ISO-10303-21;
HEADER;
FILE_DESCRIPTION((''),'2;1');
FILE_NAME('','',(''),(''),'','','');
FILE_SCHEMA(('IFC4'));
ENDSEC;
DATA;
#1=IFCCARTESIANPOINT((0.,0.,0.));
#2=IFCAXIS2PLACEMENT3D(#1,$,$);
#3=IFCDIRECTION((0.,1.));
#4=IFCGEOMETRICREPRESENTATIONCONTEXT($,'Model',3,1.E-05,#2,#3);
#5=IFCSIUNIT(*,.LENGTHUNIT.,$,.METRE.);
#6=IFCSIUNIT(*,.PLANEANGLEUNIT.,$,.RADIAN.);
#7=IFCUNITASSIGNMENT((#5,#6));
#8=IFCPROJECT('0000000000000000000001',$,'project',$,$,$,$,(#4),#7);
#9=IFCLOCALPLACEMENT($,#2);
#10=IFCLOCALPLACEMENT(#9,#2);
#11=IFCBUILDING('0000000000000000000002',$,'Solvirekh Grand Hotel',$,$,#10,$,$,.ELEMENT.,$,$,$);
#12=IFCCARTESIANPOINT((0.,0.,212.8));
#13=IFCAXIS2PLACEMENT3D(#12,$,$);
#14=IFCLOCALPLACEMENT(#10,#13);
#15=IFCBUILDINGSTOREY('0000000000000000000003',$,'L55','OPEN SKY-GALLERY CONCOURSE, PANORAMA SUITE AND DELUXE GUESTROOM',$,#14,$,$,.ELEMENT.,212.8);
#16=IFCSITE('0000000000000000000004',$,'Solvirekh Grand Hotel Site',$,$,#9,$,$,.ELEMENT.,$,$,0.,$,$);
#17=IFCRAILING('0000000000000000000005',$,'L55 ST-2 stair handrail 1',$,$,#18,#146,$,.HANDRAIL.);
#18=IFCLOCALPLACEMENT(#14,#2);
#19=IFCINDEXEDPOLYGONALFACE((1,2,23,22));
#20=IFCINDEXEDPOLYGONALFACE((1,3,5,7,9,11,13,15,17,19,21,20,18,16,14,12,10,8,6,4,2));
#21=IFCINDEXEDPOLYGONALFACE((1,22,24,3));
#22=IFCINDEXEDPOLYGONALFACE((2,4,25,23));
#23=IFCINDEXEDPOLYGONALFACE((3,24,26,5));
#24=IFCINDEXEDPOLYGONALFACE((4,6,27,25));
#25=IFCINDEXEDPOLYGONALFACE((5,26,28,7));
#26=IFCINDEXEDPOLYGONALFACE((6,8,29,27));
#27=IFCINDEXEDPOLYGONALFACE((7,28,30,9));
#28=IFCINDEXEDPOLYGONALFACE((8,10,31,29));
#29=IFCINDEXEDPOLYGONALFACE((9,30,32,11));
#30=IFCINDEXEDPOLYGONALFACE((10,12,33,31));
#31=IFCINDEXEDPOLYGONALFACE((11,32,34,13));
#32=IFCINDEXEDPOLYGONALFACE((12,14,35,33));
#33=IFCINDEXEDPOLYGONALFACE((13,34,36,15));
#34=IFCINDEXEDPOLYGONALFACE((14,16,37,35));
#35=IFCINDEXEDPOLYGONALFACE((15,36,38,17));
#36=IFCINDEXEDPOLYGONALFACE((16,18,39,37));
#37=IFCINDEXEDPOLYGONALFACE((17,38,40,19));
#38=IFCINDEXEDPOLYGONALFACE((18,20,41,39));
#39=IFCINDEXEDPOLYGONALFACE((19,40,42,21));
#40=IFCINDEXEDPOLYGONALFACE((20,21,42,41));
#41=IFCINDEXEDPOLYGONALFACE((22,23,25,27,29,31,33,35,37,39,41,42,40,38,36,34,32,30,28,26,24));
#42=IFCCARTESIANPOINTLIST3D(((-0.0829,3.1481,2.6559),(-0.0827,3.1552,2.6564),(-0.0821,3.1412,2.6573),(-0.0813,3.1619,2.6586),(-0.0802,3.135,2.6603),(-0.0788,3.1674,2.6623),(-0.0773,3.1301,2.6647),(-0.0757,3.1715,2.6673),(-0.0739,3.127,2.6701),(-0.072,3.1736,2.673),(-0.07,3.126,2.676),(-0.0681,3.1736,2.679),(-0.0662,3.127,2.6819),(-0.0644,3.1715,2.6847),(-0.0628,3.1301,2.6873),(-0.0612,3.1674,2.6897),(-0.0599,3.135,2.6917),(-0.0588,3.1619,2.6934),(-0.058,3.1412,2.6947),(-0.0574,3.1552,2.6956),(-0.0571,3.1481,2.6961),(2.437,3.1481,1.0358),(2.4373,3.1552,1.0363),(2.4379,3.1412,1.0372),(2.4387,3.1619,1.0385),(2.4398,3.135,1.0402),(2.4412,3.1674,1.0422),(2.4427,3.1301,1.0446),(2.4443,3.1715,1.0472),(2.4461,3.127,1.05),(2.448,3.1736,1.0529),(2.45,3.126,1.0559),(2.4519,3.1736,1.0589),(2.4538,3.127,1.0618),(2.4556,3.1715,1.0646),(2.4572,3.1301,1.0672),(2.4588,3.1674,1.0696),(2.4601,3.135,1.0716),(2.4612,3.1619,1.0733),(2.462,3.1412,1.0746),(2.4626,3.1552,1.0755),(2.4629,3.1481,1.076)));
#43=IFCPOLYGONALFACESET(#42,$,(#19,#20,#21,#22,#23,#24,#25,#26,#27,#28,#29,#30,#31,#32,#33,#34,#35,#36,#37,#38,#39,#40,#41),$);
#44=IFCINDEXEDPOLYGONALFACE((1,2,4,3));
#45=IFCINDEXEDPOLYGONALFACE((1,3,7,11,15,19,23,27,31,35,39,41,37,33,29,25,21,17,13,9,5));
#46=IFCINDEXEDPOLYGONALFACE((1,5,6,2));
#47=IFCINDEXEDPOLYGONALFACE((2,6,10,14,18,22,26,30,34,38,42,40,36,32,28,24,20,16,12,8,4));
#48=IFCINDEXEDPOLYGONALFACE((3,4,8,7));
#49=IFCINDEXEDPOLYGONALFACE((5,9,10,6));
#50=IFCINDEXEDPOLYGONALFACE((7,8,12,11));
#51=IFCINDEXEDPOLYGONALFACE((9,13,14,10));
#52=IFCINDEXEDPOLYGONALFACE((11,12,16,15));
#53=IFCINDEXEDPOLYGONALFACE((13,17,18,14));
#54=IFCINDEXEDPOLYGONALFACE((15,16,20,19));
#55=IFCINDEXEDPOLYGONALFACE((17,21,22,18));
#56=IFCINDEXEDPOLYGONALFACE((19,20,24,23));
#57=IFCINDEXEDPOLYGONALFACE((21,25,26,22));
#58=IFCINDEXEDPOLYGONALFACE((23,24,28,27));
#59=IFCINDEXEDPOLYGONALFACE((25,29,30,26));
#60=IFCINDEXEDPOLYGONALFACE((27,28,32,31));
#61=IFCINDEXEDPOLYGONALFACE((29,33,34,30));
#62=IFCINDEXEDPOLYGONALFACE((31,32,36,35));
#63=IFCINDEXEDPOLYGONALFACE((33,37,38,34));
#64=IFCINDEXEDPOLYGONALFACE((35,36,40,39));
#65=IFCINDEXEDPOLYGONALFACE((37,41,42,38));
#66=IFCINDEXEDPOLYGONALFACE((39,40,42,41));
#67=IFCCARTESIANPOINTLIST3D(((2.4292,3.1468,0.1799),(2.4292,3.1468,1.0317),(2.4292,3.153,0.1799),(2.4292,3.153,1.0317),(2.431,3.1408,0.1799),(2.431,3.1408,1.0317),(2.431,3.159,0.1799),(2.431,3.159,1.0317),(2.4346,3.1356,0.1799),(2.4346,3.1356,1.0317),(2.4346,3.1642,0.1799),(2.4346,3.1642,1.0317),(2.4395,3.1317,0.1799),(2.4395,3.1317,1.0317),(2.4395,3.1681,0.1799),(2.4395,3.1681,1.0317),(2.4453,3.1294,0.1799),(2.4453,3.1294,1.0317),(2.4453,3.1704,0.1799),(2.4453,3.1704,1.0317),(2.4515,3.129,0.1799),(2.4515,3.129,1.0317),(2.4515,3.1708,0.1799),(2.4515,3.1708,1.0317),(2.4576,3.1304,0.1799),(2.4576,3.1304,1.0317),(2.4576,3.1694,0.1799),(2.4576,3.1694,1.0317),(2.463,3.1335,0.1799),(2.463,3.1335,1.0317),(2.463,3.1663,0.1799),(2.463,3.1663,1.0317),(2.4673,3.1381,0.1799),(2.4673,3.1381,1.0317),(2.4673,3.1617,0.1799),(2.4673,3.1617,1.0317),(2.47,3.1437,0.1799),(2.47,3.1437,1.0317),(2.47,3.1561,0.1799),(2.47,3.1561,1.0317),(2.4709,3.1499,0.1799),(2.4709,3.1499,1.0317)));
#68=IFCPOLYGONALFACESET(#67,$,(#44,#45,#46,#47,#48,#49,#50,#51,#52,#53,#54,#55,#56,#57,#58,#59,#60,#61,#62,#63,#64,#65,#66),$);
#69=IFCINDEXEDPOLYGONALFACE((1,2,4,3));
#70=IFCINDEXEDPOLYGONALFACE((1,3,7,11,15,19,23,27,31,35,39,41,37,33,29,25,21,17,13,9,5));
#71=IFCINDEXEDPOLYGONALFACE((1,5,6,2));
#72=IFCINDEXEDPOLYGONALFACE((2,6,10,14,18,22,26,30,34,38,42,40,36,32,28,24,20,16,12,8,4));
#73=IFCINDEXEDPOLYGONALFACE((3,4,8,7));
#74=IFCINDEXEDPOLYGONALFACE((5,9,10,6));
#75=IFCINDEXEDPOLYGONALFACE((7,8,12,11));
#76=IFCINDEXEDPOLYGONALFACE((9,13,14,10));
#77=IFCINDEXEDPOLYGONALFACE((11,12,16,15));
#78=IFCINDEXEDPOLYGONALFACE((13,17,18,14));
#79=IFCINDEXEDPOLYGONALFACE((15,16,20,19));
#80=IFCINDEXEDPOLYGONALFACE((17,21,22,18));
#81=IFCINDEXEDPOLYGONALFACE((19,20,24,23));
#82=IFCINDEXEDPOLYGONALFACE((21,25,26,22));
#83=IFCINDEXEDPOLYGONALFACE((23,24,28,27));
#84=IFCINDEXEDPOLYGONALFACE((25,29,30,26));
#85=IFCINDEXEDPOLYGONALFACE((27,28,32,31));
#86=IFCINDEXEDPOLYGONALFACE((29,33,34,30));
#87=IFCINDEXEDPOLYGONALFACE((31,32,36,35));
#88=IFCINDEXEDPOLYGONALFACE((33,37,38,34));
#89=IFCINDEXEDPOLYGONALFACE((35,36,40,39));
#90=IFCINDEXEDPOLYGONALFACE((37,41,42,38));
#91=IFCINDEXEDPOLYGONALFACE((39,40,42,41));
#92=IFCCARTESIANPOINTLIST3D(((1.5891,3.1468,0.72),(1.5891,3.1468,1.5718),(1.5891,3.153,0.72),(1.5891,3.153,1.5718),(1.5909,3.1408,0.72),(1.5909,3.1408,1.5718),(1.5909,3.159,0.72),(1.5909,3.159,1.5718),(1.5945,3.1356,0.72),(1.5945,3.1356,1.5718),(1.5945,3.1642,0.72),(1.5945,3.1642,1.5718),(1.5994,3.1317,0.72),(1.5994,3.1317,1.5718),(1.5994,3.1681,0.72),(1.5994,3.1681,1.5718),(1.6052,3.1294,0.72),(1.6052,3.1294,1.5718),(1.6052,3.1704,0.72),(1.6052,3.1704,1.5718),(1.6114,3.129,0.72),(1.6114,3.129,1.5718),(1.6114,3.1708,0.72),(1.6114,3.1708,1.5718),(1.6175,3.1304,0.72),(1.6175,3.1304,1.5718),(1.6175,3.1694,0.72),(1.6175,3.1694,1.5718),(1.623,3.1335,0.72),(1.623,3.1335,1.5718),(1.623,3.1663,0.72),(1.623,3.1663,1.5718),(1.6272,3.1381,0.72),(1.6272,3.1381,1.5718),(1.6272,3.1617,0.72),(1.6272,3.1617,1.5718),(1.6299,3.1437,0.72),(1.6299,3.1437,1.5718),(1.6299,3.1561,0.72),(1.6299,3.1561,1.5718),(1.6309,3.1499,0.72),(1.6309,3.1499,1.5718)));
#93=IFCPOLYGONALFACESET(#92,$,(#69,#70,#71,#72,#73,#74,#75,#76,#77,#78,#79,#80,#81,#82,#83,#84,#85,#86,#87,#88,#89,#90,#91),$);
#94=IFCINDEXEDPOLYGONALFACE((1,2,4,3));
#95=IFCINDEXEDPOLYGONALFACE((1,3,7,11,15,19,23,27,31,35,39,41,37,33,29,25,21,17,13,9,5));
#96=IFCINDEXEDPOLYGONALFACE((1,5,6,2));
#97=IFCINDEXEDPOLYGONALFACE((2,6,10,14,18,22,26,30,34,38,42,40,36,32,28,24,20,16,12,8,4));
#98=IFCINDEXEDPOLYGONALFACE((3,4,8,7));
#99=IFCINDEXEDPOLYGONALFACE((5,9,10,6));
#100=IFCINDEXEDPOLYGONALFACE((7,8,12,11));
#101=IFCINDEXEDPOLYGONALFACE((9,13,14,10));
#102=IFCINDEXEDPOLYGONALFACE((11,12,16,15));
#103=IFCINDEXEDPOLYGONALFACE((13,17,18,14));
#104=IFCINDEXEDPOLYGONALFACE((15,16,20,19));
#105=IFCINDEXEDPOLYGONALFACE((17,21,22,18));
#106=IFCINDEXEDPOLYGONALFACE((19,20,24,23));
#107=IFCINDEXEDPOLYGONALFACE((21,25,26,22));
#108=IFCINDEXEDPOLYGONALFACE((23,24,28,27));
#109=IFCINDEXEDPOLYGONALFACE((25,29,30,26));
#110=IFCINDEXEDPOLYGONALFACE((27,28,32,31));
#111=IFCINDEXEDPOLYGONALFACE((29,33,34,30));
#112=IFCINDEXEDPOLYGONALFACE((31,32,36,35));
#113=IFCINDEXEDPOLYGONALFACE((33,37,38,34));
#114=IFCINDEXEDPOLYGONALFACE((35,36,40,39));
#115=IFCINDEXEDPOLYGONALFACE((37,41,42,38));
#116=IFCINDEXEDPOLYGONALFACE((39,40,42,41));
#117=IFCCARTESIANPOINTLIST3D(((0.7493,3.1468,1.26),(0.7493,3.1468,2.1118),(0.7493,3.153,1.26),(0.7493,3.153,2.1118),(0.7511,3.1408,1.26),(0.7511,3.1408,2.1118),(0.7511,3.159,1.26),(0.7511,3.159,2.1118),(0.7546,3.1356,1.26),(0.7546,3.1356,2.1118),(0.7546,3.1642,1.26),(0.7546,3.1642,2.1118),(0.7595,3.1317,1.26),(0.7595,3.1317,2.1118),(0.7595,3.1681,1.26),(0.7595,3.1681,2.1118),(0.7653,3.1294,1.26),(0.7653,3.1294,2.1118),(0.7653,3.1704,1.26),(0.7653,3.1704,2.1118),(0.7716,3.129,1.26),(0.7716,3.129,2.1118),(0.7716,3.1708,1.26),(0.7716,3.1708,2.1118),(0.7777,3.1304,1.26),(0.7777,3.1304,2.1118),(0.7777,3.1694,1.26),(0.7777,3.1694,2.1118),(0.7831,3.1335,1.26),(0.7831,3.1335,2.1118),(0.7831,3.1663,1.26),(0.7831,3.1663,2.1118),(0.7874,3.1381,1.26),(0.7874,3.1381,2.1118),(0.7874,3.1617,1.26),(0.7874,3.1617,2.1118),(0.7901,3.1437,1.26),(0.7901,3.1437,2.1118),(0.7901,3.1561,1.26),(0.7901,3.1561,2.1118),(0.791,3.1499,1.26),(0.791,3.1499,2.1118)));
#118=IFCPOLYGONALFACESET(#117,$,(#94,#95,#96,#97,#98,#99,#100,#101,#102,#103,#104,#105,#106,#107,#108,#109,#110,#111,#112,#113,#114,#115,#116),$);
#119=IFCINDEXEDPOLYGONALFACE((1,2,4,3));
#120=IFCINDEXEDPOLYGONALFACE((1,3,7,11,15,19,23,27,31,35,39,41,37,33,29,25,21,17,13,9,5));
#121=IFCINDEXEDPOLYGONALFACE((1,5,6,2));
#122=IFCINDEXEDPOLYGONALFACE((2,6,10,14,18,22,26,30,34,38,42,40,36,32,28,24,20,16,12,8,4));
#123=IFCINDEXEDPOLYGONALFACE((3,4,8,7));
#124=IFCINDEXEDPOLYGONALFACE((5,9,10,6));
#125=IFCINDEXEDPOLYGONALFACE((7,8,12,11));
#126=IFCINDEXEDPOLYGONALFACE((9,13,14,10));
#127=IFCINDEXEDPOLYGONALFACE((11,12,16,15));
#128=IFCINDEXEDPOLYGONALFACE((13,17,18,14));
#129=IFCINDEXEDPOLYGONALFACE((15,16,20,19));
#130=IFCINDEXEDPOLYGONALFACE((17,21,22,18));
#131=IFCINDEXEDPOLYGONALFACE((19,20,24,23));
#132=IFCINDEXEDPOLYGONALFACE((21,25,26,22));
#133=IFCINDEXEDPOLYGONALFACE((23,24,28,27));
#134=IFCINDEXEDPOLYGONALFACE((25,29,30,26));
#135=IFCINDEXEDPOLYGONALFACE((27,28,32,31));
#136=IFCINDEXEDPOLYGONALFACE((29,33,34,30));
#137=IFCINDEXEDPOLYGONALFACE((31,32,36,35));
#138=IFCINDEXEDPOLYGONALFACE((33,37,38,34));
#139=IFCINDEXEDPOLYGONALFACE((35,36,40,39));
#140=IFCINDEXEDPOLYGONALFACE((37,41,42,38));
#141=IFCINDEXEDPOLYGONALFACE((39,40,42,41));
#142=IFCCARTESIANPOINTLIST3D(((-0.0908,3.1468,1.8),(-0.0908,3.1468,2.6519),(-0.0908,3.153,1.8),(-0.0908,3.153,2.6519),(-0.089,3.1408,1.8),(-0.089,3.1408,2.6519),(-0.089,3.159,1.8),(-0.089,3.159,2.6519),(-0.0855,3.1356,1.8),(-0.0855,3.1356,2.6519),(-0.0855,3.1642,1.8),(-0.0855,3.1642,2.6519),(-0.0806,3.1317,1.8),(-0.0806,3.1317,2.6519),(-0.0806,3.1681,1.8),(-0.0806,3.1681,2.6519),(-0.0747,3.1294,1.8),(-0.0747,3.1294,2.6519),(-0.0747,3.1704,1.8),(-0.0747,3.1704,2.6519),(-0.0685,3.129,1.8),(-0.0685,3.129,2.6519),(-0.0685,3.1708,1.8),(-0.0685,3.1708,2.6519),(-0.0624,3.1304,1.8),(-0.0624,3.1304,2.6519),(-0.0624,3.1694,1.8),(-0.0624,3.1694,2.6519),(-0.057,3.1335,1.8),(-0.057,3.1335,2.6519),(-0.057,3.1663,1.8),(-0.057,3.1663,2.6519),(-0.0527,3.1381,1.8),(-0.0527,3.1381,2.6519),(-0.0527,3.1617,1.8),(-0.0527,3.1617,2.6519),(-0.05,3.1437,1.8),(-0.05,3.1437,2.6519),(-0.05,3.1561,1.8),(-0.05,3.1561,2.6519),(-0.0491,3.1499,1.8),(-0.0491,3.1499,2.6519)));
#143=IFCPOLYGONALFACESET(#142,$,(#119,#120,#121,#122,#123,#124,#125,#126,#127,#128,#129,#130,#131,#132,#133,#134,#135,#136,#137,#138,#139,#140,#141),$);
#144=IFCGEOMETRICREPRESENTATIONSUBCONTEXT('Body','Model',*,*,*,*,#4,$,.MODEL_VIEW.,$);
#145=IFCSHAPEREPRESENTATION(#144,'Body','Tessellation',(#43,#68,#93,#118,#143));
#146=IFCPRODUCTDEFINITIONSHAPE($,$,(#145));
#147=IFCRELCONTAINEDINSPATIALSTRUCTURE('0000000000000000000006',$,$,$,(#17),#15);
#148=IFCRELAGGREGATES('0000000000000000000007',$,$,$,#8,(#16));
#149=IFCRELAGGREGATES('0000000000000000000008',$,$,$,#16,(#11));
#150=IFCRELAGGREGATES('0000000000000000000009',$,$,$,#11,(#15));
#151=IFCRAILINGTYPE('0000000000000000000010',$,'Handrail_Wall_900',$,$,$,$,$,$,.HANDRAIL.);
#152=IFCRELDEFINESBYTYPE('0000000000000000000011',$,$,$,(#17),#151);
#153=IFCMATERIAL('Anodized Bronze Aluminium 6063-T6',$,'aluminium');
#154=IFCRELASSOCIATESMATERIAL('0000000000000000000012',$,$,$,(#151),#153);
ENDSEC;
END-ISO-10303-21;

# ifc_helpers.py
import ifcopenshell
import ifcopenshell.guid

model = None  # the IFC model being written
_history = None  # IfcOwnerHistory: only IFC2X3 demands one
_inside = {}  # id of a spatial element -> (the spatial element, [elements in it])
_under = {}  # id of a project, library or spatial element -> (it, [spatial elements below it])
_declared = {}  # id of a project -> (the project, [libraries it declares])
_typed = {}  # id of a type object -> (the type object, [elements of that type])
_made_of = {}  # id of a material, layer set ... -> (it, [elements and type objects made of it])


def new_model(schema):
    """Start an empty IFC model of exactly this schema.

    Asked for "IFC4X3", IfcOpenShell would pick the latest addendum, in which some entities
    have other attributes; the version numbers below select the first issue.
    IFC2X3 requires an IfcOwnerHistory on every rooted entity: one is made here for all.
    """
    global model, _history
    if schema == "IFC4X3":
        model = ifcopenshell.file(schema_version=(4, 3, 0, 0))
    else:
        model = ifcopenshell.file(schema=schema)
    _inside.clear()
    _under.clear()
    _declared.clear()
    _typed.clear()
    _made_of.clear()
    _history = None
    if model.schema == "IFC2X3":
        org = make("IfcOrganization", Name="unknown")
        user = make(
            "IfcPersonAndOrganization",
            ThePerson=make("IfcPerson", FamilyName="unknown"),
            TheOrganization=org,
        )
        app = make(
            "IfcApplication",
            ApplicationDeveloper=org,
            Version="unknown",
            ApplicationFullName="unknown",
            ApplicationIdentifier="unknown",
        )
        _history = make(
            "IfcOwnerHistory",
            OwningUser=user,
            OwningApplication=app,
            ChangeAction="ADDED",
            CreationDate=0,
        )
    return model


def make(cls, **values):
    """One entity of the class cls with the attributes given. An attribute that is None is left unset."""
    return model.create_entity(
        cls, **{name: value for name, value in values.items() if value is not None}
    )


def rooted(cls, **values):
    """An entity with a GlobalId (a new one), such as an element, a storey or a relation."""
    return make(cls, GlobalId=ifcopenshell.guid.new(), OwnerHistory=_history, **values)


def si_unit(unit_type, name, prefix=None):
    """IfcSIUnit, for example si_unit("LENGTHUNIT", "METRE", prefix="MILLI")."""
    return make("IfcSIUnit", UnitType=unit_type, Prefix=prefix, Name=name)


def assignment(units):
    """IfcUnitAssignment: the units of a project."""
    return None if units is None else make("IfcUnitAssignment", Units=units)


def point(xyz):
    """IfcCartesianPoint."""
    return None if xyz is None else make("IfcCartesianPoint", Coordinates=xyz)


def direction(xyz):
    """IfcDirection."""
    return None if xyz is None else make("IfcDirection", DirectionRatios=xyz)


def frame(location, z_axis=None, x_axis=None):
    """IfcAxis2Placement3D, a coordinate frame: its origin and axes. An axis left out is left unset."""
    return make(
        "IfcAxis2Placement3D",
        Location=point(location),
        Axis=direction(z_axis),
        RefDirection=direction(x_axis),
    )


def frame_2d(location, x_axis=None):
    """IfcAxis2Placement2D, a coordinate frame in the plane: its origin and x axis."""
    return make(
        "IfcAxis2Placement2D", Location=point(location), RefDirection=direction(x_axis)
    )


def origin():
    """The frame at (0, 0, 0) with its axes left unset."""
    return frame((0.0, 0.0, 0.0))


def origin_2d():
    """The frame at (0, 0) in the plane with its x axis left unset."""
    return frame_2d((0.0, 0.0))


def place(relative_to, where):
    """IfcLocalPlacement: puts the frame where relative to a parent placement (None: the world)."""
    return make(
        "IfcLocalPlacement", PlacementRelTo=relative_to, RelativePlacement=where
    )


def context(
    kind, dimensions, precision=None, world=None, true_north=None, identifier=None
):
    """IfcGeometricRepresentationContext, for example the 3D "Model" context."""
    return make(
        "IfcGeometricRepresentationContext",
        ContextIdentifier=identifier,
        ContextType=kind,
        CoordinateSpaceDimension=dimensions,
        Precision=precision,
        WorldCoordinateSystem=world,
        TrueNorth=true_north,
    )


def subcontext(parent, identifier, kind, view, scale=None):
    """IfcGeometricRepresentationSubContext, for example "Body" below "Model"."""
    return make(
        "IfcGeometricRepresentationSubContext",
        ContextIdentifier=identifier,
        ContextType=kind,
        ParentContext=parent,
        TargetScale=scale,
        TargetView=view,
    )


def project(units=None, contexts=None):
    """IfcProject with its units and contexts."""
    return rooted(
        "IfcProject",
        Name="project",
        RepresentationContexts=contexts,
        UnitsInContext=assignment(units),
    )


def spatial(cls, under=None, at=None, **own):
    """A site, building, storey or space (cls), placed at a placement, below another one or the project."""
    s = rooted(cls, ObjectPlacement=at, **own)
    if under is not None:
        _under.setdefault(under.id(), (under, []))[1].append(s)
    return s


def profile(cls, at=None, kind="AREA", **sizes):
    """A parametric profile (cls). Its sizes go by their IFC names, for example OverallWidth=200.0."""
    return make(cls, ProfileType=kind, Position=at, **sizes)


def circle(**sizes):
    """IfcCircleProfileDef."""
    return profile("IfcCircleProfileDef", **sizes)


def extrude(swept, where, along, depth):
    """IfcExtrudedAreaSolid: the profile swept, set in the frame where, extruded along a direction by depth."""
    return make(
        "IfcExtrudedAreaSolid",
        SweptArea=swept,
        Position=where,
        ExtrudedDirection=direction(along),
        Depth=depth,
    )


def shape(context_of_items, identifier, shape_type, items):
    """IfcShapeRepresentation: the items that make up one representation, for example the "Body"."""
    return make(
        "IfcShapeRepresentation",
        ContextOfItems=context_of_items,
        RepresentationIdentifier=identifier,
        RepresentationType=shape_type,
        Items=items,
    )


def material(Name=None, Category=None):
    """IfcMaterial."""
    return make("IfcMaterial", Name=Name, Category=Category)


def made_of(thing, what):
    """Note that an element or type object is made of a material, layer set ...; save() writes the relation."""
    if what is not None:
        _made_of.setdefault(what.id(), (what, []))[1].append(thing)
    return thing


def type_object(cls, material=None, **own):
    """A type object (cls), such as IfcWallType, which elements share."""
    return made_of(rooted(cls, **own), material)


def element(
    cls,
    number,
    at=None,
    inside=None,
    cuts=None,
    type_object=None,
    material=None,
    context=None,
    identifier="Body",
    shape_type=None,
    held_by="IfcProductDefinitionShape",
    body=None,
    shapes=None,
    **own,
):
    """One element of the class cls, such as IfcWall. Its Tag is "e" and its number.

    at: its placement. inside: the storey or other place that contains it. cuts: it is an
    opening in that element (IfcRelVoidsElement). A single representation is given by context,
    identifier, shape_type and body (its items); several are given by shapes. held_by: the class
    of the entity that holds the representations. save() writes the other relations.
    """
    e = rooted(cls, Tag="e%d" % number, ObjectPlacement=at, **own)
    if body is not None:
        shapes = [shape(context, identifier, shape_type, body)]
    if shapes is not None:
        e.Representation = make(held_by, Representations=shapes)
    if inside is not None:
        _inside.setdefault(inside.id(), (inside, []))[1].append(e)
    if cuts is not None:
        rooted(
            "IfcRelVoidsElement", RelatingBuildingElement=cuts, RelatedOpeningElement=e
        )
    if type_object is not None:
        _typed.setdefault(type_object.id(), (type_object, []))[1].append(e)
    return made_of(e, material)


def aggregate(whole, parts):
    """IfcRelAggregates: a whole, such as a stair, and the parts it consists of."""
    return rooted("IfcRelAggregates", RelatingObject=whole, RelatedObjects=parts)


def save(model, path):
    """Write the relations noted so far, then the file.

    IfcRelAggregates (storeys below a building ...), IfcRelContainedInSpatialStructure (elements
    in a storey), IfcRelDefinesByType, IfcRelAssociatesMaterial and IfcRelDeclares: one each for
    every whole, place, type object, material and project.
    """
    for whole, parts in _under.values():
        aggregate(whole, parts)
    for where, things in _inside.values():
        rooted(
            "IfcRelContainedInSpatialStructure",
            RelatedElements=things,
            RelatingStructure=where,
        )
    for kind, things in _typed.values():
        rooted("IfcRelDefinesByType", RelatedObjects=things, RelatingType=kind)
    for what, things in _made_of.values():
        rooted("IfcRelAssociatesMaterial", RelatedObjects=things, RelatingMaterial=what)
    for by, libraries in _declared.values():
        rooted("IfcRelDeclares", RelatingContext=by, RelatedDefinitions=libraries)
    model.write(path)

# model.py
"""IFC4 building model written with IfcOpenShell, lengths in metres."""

from ifc_helpers import new_model, si_unit, direction, frame, origin, origin_2d, place, context, subcontext, project, spatial, circle, extrude, material, type_object, element, save


model = new_model("IFC4")

# Units and contexts
model_context = context("Model", 3, precision=1e-05, world=origin(), true_north=direction((0.0, 1.0)))
body_context = subcontext(model_context, "Body", "Model", "MODEL_VIEW")
ifc_project = project(units=[si_unit("LENGTHUNIT", "METRE"), si_unit("PLANEANGLEUNIT", "RADIAN")], contexts=[model_context])

# Site, building, storey
site_placement = place(None, origin())
site = spatial("IfcSite", under=ifc_project, at=site_placement, Name="Solvirekh Grand Hotel Site", CompositionType="ELEMENT", RefElevation=0.0)
building_placement = place(site_placement, origin())
building = spatial("IfcBuilding", under=site, at=building_placement, Name="Solvirekh Grand Hotel", CompositionType="ELEMENT")
storey_placement = place(building_placement, frame((0.0, 0.0, 212.8)))
storey = spatial("IfcBuildingStorey", under=building, at=storey_placement, Name="L55", Description="OPEN SKY-GALLERY CONCOURSE, PANORAMA SUITE AND DELUXE GUESTROOM", CompositionType="ELEMENT", Elevation=212.8)

# Shared definitions
ifc_material_1 = material(Name="Anodized Bronze Aluminium 6063-T6", Category="aluminium")

# Railing
railing_type_1 = type_object("IfcRailingType", Name="Handrail_Wall_900", PredefinedType="HANDRAIL", material=ifc_material_1)
railing_1_placement = place(storey_placement, frame((2.45, 3.1499, 0.1799)))
element("IfcRailing", 1, at=railing_1_placement, inside=storey, type_object=railing_type_1, Name="L55 ST-2 stair handrail 1", PredefinedType="HANDRAIL", context=body_context, shape_type="SweptSolid", body=[
    extrude(circle(Radius=0.0239, at=origin_2d()), frame((0.0, 0.0, 0.876), z_axis=(-0.841163, 0.0, 0.540782), x_axis=(0.0, -1.0, 0.0)), (0.0, 0.0, 1.0), 2.9958),
    extrude(circle(Radius=0.021, at=origin_2d()), origin(), (0.0, 0.0, 1.0), 0.8518),
    extrude(circle(Radius=0.021, at=origin_2d()), frame((-0.8401, 0.0, 0.54)), (0.0, 0.0, 1.0), 0.8518),
    extrude(circle(Radius=0.021, at=origin_2d()), frame((-1.6799, 0.0, 1.0801)), (0.0, 0.0, 1.0), 0.8518),
    extrude(circle(Radius=0.021, at=origin_2d()), frame((-2.52, 0.0, 1.6201)), (0.0, 0.0, 1.0), 0.8518),
])

save(model, "model.ifc")
